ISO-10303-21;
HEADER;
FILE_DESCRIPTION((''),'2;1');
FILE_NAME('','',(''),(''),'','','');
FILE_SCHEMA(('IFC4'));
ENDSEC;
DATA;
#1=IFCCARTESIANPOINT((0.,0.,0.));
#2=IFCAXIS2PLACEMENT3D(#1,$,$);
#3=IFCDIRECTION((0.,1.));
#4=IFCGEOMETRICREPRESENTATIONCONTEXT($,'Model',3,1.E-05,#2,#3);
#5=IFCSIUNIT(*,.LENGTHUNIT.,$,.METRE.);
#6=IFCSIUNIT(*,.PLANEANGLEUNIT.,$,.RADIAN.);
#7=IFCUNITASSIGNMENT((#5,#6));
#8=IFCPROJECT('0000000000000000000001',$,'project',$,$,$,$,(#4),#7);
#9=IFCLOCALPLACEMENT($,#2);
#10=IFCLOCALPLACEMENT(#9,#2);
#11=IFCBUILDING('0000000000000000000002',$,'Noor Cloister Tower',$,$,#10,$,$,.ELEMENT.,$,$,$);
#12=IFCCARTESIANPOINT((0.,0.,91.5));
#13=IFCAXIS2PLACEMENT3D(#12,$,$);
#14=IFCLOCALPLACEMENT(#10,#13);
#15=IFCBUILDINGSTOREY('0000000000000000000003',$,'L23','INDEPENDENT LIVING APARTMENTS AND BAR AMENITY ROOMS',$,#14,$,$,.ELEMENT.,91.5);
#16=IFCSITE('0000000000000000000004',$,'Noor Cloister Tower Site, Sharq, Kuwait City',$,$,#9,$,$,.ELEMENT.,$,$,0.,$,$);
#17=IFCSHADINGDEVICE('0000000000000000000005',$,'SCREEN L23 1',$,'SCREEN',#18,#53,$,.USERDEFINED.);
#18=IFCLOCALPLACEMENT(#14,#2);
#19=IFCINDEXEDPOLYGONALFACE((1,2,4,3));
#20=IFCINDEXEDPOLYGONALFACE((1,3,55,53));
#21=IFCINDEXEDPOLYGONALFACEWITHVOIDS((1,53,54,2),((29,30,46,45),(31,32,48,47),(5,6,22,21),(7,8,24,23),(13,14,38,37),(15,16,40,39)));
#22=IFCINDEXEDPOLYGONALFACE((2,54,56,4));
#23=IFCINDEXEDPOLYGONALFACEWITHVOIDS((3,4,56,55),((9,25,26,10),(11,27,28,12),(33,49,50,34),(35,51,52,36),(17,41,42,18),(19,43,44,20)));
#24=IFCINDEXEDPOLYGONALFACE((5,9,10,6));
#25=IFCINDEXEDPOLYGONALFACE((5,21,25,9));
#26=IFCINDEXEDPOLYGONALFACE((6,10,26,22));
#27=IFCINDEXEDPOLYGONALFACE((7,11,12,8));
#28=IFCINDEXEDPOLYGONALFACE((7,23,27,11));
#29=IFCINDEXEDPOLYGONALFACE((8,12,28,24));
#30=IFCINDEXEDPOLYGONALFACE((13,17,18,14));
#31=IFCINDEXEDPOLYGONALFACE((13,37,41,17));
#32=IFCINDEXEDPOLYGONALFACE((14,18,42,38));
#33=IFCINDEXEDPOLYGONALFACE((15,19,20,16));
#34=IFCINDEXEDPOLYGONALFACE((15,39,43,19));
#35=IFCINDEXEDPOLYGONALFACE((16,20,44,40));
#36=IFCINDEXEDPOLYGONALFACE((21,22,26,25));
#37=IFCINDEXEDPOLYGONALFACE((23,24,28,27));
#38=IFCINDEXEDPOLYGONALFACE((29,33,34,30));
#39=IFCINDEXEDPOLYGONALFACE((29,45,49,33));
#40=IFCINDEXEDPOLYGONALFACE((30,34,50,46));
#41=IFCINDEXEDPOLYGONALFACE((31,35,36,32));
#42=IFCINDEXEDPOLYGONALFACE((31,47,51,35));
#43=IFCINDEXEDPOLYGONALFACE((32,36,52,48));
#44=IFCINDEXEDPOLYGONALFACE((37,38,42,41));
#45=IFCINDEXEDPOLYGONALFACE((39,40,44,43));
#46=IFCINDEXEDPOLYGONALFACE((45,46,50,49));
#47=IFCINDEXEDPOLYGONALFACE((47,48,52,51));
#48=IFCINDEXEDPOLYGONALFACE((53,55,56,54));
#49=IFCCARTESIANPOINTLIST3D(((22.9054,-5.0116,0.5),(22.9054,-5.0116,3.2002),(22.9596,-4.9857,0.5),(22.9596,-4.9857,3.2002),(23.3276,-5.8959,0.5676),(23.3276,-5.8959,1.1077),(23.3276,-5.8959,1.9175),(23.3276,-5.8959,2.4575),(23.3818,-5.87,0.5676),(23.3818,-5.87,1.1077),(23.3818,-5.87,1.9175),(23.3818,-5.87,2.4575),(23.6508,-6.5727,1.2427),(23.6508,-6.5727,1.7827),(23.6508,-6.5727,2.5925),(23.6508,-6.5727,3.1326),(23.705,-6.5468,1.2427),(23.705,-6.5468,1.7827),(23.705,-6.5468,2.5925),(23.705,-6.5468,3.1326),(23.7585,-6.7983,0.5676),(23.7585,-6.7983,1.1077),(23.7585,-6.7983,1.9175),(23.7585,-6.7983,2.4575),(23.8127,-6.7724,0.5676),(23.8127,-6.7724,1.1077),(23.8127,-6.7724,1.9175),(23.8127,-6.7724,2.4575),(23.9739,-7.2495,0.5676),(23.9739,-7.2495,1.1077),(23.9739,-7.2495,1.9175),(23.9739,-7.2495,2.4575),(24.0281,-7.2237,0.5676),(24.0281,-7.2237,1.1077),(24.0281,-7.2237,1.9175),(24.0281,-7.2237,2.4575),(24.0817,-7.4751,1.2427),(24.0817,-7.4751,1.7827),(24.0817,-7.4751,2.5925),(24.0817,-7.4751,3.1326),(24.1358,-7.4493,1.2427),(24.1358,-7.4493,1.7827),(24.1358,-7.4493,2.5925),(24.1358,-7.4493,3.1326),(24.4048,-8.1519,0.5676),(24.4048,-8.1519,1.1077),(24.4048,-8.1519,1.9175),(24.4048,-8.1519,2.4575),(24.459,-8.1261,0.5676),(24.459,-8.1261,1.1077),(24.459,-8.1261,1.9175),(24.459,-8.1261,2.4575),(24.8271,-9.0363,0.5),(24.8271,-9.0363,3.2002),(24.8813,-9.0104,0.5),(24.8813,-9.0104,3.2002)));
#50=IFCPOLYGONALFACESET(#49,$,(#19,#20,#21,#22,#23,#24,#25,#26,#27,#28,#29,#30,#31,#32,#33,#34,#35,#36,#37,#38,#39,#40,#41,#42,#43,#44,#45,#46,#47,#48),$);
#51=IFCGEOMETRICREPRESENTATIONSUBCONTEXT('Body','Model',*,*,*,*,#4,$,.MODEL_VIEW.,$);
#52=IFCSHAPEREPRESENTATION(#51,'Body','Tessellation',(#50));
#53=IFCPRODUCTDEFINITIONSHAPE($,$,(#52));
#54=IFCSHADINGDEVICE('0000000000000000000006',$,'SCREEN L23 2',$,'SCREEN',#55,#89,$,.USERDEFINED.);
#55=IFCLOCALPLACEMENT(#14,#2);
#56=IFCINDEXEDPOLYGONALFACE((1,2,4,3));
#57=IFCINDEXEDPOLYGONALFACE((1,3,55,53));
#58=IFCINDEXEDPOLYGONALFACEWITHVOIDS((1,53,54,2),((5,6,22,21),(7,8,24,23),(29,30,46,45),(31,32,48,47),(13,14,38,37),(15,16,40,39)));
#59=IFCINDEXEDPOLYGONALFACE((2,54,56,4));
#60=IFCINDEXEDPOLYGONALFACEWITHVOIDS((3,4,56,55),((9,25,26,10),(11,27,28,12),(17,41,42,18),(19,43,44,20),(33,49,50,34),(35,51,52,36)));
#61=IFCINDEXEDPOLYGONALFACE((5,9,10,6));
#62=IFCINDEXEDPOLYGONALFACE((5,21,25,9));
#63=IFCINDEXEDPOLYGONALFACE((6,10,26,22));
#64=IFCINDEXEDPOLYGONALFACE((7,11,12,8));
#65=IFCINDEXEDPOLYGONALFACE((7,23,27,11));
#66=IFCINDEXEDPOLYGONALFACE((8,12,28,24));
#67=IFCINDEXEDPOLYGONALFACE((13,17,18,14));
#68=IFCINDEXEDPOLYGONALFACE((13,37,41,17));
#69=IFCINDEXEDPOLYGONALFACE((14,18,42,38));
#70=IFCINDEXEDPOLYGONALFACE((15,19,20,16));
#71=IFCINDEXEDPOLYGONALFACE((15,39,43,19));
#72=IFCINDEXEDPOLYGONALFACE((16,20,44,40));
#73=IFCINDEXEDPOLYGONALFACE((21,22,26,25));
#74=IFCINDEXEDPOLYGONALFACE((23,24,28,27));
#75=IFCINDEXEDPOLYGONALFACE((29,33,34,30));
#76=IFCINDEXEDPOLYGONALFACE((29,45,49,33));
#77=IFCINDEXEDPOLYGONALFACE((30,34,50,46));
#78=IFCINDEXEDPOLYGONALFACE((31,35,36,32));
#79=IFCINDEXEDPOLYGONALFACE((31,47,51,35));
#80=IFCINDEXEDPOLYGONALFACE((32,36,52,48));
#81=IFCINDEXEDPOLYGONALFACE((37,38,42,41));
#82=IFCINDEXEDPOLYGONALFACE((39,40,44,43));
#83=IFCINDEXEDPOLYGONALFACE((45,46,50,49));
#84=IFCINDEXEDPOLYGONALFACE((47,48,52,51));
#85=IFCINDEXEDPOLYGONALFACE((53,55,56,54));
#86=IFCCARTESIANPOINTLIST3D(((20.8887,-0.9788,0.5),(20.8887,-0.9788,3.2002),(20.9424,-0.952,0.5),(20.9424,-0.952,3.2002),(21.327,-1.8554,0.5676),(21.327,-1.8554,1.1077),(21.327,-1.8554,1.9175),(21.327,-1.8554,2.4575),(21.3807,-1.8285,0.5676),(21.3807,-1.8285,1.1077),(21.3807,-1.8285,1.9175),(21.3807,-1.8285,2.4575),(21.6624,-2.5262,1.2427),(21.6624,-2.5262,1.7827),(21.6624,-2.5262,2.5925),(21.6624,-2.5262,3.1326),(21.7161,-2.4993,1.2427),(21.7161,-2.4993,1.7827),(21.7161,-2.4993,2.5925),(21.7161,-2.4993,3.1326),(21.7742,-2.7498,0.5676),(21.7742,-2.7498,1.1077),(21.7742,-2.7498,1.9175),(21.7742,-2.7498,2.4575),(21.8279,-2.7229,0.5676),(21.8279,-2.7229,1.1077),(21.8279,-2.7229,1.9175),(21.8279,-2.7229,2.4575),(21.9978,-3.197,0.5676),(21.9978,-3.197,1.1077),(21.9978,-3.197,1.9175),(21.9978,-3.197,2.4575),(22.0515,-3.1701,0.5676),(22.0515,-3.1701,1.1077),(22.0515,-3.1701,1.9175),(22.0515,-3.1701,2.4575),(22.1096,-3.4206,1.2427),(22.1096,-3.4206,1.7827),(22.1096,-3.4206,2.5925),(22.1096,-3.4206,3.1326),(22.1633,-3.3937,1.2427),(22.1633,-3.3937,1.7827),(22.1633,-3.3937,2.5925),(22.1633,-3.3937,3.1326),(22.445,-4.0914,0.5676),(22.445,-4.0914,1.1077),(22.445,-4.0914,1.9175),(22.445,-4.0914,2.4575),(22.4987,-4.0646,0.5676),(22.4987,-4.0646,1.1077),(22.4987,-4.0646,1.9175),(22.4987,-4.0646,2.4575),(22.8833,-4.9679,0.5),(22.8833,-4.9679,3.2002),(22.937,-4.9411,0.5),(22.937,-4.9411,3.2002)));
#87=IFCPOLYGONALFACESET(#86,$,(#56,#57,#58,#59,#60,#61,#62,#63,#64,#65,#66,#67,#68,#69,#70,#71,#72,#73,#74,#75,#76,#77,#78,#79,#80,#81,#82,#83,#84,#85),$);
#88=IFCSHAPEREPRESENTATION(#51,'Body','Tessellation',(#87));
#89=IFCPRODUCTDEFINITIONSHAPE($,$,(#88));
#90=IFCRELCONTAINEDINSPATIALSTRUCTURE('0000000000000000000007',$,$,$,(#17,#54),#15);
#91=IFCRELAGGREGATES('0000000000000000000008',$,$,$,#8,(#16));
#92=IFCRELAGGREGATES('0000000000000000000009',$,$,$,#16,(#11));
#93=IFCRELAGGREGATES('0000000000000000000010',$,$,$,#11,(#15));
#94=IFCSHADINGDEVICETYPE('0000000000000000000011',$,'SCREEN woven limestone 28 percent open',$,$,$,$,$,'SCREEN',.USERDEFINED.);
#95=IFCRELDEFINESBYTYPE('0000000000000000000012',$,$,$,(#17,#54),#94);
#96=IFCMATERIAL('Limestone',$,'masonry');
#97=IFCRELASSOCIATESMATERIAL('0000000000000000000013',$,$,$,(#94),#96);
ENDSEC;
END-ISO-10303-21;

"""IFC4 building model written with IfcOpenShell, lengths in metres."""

from ifc_helpers import new_model, si_unit, direction, frame, origin, place, context, subcontext, project, spatial, polyline, outline, extrude, material, material_profile, profile_set, type_object, element, save


model = new_model("IFC4")

# Units and contexts
model_context = context("Model", 3, precision=1e-05, world=origin(), true_north=direction((0.0, 1.0)))
body_context = subcontext(model_context, "Body", "Model", "MODEL_VIEW")
ifc_project = project(units=[si_unit("LENGTHUNIT", "METRE"), si_unit("PLANEANGLEUNIT", "RADIAN")], contexts=[model_context])

# Site, building, storey
site_placement = place(None, origin())
site = spatial("IfcSite", under=ifc_project, at=site_placement, Name="Noor Cloister Tower Site, Sharq, Kuwait City", CompositionType="ELEMENT", RefElevation=0.0)
building_placement = place(site_placement, origin())
building = spatial("IfcBuilding", under=site, at=building_placement, Name="Noor Cloister Tower", CompositionType="ELEMENT")
storey_placement = place(building_placement, frame((0.0, 0.0, 91.5)))
storey = spatial("IfcBuildingStorey", under=building, at=storey_placement, Name="L23", Description="INDEPENDENT LIVING APARTMENTS AND BAR AMENITY ROOMS", CompositionType="ELEMENT", Elevation=91.5)

# Shading devices
ifc_material_1 = material(Name="Limestone", Category="masonry")
ifc_material_profile_1 = material_profile(ifc_material_1, outline(polyline([(-2.23, -1.3501), (2.23, -1.3501), (2.23, 1.3501), (-2.23, 1.3501), (-2.23, -1.3501)]), holes=[polyline([(-1.25, -1.2825), (-0.25, -1.2825), (-0.25, -0.7424), (-1.25, -0.7424), (-1.25, -1.2825)]), polyline([(0.25, -1.2825), (1.25, -1.2825), (1.25, -0.7424), (0.25, -0.7424), (0.25, -1.2825)]), polyline([(-0.5, -0.6074), (0.5, -0.6074), (0.5, -0.0674), (-0.5, -0.0674), (-0.5, -0.6074)]), polyline([(-1.25, 0.0674), (-0.25, 0.0674), (-0.25, 0.6074), (-1.25, 0.6074), (-1.25, 0.0674)]), polyline([(0.25, 0.0674), (1.25, 0.0674), (1.25, 0.6074), (0.25, 0.6074), (0.25, 0.0674)]), polyline([(-0.5, 0.7424), (0.5, 0.7424), (0.5, 1.2825), (-0.5, 1.2825), (-0.5, 0.7424)])]), Name="Woven screen 28 percent open")
ifc_profile_set_1 = profile_set([ifc_material_profile_1], Name="Limestone")
shading_device_type = type_object("IfcShadingDeviceType", Name="SCREEN woven limestone 28 percent open", ElementType="SCREEN", PredefinedType="USERDEFINED", material=ifc_profile_set_1)
for number, where, z_axis, x_axis, name in (
    (1, (23.8662, -7.0239, 1.8501), (0.902409, 0.43088, 0.0), (-0.43088, 0.902409, 0.0), "SCREEN L23 1"),
    (2, (21.886, -2.9734, 1.8501), (0.894427, 0.447214, 0.0), (-0.447214, 0.894427, 0.0), "SCREEN L23 2"),
):
    element("IfcShadingDevice", number, at=place(storey_placement, frame(where, z_axis=z_axis, x_axis=x_axis)), inside=storey, type_object=shading_device_type, Name=name, ObjectType="SCREEN", PredefinedType="USERDEFINED", context=body_context, shape_type="SweptSolid", body=[
        extrude(outline(polyline([(-2.23, -1.3501), (2.23, -1.3501), (2.23, 1.3501), (-2.23, 1.3501), (-2.23, -1.3501)]), holes=[polyline([(-1.25, -1.2825), (-0.25, -1.2825), (-0.25, -0.7424), (-1.25, -0.7424), (-1.25, -1.2825)]), polyline([(0.25, -1.2825), (1.25, -1.2825), (1.25, -0.7424), (0.25, -0.7424), (0.25, -1.2825)]), polyline([(-0.5, -0.6074), (0.5, -0.6074), (0.5, -0.0674), (-0.5, -0.0674), (-0.5, -0.6074)]), polyline([(-1.25, 0.0674), (-0.25, 0.0674), (-0.25, 0.6074), (-1.25, 0.6074), (-1.25, 0.0674)]), polyline([(0.25, 0.0674), (1.25, 0.0674), (1.25, 0.6074), (0.25, 0.6074), (0.25, 0.0674)]), polyline([(-0.5, 0.7424), (0.5, 0.7424), (0.5, 1.2825), (-0.5, 1.2825), (-0.5, 0.7424)])]), origin(), (0.0, 0.0, 1.0), 0.0601),
    ])

save(model, "model.ifc")
